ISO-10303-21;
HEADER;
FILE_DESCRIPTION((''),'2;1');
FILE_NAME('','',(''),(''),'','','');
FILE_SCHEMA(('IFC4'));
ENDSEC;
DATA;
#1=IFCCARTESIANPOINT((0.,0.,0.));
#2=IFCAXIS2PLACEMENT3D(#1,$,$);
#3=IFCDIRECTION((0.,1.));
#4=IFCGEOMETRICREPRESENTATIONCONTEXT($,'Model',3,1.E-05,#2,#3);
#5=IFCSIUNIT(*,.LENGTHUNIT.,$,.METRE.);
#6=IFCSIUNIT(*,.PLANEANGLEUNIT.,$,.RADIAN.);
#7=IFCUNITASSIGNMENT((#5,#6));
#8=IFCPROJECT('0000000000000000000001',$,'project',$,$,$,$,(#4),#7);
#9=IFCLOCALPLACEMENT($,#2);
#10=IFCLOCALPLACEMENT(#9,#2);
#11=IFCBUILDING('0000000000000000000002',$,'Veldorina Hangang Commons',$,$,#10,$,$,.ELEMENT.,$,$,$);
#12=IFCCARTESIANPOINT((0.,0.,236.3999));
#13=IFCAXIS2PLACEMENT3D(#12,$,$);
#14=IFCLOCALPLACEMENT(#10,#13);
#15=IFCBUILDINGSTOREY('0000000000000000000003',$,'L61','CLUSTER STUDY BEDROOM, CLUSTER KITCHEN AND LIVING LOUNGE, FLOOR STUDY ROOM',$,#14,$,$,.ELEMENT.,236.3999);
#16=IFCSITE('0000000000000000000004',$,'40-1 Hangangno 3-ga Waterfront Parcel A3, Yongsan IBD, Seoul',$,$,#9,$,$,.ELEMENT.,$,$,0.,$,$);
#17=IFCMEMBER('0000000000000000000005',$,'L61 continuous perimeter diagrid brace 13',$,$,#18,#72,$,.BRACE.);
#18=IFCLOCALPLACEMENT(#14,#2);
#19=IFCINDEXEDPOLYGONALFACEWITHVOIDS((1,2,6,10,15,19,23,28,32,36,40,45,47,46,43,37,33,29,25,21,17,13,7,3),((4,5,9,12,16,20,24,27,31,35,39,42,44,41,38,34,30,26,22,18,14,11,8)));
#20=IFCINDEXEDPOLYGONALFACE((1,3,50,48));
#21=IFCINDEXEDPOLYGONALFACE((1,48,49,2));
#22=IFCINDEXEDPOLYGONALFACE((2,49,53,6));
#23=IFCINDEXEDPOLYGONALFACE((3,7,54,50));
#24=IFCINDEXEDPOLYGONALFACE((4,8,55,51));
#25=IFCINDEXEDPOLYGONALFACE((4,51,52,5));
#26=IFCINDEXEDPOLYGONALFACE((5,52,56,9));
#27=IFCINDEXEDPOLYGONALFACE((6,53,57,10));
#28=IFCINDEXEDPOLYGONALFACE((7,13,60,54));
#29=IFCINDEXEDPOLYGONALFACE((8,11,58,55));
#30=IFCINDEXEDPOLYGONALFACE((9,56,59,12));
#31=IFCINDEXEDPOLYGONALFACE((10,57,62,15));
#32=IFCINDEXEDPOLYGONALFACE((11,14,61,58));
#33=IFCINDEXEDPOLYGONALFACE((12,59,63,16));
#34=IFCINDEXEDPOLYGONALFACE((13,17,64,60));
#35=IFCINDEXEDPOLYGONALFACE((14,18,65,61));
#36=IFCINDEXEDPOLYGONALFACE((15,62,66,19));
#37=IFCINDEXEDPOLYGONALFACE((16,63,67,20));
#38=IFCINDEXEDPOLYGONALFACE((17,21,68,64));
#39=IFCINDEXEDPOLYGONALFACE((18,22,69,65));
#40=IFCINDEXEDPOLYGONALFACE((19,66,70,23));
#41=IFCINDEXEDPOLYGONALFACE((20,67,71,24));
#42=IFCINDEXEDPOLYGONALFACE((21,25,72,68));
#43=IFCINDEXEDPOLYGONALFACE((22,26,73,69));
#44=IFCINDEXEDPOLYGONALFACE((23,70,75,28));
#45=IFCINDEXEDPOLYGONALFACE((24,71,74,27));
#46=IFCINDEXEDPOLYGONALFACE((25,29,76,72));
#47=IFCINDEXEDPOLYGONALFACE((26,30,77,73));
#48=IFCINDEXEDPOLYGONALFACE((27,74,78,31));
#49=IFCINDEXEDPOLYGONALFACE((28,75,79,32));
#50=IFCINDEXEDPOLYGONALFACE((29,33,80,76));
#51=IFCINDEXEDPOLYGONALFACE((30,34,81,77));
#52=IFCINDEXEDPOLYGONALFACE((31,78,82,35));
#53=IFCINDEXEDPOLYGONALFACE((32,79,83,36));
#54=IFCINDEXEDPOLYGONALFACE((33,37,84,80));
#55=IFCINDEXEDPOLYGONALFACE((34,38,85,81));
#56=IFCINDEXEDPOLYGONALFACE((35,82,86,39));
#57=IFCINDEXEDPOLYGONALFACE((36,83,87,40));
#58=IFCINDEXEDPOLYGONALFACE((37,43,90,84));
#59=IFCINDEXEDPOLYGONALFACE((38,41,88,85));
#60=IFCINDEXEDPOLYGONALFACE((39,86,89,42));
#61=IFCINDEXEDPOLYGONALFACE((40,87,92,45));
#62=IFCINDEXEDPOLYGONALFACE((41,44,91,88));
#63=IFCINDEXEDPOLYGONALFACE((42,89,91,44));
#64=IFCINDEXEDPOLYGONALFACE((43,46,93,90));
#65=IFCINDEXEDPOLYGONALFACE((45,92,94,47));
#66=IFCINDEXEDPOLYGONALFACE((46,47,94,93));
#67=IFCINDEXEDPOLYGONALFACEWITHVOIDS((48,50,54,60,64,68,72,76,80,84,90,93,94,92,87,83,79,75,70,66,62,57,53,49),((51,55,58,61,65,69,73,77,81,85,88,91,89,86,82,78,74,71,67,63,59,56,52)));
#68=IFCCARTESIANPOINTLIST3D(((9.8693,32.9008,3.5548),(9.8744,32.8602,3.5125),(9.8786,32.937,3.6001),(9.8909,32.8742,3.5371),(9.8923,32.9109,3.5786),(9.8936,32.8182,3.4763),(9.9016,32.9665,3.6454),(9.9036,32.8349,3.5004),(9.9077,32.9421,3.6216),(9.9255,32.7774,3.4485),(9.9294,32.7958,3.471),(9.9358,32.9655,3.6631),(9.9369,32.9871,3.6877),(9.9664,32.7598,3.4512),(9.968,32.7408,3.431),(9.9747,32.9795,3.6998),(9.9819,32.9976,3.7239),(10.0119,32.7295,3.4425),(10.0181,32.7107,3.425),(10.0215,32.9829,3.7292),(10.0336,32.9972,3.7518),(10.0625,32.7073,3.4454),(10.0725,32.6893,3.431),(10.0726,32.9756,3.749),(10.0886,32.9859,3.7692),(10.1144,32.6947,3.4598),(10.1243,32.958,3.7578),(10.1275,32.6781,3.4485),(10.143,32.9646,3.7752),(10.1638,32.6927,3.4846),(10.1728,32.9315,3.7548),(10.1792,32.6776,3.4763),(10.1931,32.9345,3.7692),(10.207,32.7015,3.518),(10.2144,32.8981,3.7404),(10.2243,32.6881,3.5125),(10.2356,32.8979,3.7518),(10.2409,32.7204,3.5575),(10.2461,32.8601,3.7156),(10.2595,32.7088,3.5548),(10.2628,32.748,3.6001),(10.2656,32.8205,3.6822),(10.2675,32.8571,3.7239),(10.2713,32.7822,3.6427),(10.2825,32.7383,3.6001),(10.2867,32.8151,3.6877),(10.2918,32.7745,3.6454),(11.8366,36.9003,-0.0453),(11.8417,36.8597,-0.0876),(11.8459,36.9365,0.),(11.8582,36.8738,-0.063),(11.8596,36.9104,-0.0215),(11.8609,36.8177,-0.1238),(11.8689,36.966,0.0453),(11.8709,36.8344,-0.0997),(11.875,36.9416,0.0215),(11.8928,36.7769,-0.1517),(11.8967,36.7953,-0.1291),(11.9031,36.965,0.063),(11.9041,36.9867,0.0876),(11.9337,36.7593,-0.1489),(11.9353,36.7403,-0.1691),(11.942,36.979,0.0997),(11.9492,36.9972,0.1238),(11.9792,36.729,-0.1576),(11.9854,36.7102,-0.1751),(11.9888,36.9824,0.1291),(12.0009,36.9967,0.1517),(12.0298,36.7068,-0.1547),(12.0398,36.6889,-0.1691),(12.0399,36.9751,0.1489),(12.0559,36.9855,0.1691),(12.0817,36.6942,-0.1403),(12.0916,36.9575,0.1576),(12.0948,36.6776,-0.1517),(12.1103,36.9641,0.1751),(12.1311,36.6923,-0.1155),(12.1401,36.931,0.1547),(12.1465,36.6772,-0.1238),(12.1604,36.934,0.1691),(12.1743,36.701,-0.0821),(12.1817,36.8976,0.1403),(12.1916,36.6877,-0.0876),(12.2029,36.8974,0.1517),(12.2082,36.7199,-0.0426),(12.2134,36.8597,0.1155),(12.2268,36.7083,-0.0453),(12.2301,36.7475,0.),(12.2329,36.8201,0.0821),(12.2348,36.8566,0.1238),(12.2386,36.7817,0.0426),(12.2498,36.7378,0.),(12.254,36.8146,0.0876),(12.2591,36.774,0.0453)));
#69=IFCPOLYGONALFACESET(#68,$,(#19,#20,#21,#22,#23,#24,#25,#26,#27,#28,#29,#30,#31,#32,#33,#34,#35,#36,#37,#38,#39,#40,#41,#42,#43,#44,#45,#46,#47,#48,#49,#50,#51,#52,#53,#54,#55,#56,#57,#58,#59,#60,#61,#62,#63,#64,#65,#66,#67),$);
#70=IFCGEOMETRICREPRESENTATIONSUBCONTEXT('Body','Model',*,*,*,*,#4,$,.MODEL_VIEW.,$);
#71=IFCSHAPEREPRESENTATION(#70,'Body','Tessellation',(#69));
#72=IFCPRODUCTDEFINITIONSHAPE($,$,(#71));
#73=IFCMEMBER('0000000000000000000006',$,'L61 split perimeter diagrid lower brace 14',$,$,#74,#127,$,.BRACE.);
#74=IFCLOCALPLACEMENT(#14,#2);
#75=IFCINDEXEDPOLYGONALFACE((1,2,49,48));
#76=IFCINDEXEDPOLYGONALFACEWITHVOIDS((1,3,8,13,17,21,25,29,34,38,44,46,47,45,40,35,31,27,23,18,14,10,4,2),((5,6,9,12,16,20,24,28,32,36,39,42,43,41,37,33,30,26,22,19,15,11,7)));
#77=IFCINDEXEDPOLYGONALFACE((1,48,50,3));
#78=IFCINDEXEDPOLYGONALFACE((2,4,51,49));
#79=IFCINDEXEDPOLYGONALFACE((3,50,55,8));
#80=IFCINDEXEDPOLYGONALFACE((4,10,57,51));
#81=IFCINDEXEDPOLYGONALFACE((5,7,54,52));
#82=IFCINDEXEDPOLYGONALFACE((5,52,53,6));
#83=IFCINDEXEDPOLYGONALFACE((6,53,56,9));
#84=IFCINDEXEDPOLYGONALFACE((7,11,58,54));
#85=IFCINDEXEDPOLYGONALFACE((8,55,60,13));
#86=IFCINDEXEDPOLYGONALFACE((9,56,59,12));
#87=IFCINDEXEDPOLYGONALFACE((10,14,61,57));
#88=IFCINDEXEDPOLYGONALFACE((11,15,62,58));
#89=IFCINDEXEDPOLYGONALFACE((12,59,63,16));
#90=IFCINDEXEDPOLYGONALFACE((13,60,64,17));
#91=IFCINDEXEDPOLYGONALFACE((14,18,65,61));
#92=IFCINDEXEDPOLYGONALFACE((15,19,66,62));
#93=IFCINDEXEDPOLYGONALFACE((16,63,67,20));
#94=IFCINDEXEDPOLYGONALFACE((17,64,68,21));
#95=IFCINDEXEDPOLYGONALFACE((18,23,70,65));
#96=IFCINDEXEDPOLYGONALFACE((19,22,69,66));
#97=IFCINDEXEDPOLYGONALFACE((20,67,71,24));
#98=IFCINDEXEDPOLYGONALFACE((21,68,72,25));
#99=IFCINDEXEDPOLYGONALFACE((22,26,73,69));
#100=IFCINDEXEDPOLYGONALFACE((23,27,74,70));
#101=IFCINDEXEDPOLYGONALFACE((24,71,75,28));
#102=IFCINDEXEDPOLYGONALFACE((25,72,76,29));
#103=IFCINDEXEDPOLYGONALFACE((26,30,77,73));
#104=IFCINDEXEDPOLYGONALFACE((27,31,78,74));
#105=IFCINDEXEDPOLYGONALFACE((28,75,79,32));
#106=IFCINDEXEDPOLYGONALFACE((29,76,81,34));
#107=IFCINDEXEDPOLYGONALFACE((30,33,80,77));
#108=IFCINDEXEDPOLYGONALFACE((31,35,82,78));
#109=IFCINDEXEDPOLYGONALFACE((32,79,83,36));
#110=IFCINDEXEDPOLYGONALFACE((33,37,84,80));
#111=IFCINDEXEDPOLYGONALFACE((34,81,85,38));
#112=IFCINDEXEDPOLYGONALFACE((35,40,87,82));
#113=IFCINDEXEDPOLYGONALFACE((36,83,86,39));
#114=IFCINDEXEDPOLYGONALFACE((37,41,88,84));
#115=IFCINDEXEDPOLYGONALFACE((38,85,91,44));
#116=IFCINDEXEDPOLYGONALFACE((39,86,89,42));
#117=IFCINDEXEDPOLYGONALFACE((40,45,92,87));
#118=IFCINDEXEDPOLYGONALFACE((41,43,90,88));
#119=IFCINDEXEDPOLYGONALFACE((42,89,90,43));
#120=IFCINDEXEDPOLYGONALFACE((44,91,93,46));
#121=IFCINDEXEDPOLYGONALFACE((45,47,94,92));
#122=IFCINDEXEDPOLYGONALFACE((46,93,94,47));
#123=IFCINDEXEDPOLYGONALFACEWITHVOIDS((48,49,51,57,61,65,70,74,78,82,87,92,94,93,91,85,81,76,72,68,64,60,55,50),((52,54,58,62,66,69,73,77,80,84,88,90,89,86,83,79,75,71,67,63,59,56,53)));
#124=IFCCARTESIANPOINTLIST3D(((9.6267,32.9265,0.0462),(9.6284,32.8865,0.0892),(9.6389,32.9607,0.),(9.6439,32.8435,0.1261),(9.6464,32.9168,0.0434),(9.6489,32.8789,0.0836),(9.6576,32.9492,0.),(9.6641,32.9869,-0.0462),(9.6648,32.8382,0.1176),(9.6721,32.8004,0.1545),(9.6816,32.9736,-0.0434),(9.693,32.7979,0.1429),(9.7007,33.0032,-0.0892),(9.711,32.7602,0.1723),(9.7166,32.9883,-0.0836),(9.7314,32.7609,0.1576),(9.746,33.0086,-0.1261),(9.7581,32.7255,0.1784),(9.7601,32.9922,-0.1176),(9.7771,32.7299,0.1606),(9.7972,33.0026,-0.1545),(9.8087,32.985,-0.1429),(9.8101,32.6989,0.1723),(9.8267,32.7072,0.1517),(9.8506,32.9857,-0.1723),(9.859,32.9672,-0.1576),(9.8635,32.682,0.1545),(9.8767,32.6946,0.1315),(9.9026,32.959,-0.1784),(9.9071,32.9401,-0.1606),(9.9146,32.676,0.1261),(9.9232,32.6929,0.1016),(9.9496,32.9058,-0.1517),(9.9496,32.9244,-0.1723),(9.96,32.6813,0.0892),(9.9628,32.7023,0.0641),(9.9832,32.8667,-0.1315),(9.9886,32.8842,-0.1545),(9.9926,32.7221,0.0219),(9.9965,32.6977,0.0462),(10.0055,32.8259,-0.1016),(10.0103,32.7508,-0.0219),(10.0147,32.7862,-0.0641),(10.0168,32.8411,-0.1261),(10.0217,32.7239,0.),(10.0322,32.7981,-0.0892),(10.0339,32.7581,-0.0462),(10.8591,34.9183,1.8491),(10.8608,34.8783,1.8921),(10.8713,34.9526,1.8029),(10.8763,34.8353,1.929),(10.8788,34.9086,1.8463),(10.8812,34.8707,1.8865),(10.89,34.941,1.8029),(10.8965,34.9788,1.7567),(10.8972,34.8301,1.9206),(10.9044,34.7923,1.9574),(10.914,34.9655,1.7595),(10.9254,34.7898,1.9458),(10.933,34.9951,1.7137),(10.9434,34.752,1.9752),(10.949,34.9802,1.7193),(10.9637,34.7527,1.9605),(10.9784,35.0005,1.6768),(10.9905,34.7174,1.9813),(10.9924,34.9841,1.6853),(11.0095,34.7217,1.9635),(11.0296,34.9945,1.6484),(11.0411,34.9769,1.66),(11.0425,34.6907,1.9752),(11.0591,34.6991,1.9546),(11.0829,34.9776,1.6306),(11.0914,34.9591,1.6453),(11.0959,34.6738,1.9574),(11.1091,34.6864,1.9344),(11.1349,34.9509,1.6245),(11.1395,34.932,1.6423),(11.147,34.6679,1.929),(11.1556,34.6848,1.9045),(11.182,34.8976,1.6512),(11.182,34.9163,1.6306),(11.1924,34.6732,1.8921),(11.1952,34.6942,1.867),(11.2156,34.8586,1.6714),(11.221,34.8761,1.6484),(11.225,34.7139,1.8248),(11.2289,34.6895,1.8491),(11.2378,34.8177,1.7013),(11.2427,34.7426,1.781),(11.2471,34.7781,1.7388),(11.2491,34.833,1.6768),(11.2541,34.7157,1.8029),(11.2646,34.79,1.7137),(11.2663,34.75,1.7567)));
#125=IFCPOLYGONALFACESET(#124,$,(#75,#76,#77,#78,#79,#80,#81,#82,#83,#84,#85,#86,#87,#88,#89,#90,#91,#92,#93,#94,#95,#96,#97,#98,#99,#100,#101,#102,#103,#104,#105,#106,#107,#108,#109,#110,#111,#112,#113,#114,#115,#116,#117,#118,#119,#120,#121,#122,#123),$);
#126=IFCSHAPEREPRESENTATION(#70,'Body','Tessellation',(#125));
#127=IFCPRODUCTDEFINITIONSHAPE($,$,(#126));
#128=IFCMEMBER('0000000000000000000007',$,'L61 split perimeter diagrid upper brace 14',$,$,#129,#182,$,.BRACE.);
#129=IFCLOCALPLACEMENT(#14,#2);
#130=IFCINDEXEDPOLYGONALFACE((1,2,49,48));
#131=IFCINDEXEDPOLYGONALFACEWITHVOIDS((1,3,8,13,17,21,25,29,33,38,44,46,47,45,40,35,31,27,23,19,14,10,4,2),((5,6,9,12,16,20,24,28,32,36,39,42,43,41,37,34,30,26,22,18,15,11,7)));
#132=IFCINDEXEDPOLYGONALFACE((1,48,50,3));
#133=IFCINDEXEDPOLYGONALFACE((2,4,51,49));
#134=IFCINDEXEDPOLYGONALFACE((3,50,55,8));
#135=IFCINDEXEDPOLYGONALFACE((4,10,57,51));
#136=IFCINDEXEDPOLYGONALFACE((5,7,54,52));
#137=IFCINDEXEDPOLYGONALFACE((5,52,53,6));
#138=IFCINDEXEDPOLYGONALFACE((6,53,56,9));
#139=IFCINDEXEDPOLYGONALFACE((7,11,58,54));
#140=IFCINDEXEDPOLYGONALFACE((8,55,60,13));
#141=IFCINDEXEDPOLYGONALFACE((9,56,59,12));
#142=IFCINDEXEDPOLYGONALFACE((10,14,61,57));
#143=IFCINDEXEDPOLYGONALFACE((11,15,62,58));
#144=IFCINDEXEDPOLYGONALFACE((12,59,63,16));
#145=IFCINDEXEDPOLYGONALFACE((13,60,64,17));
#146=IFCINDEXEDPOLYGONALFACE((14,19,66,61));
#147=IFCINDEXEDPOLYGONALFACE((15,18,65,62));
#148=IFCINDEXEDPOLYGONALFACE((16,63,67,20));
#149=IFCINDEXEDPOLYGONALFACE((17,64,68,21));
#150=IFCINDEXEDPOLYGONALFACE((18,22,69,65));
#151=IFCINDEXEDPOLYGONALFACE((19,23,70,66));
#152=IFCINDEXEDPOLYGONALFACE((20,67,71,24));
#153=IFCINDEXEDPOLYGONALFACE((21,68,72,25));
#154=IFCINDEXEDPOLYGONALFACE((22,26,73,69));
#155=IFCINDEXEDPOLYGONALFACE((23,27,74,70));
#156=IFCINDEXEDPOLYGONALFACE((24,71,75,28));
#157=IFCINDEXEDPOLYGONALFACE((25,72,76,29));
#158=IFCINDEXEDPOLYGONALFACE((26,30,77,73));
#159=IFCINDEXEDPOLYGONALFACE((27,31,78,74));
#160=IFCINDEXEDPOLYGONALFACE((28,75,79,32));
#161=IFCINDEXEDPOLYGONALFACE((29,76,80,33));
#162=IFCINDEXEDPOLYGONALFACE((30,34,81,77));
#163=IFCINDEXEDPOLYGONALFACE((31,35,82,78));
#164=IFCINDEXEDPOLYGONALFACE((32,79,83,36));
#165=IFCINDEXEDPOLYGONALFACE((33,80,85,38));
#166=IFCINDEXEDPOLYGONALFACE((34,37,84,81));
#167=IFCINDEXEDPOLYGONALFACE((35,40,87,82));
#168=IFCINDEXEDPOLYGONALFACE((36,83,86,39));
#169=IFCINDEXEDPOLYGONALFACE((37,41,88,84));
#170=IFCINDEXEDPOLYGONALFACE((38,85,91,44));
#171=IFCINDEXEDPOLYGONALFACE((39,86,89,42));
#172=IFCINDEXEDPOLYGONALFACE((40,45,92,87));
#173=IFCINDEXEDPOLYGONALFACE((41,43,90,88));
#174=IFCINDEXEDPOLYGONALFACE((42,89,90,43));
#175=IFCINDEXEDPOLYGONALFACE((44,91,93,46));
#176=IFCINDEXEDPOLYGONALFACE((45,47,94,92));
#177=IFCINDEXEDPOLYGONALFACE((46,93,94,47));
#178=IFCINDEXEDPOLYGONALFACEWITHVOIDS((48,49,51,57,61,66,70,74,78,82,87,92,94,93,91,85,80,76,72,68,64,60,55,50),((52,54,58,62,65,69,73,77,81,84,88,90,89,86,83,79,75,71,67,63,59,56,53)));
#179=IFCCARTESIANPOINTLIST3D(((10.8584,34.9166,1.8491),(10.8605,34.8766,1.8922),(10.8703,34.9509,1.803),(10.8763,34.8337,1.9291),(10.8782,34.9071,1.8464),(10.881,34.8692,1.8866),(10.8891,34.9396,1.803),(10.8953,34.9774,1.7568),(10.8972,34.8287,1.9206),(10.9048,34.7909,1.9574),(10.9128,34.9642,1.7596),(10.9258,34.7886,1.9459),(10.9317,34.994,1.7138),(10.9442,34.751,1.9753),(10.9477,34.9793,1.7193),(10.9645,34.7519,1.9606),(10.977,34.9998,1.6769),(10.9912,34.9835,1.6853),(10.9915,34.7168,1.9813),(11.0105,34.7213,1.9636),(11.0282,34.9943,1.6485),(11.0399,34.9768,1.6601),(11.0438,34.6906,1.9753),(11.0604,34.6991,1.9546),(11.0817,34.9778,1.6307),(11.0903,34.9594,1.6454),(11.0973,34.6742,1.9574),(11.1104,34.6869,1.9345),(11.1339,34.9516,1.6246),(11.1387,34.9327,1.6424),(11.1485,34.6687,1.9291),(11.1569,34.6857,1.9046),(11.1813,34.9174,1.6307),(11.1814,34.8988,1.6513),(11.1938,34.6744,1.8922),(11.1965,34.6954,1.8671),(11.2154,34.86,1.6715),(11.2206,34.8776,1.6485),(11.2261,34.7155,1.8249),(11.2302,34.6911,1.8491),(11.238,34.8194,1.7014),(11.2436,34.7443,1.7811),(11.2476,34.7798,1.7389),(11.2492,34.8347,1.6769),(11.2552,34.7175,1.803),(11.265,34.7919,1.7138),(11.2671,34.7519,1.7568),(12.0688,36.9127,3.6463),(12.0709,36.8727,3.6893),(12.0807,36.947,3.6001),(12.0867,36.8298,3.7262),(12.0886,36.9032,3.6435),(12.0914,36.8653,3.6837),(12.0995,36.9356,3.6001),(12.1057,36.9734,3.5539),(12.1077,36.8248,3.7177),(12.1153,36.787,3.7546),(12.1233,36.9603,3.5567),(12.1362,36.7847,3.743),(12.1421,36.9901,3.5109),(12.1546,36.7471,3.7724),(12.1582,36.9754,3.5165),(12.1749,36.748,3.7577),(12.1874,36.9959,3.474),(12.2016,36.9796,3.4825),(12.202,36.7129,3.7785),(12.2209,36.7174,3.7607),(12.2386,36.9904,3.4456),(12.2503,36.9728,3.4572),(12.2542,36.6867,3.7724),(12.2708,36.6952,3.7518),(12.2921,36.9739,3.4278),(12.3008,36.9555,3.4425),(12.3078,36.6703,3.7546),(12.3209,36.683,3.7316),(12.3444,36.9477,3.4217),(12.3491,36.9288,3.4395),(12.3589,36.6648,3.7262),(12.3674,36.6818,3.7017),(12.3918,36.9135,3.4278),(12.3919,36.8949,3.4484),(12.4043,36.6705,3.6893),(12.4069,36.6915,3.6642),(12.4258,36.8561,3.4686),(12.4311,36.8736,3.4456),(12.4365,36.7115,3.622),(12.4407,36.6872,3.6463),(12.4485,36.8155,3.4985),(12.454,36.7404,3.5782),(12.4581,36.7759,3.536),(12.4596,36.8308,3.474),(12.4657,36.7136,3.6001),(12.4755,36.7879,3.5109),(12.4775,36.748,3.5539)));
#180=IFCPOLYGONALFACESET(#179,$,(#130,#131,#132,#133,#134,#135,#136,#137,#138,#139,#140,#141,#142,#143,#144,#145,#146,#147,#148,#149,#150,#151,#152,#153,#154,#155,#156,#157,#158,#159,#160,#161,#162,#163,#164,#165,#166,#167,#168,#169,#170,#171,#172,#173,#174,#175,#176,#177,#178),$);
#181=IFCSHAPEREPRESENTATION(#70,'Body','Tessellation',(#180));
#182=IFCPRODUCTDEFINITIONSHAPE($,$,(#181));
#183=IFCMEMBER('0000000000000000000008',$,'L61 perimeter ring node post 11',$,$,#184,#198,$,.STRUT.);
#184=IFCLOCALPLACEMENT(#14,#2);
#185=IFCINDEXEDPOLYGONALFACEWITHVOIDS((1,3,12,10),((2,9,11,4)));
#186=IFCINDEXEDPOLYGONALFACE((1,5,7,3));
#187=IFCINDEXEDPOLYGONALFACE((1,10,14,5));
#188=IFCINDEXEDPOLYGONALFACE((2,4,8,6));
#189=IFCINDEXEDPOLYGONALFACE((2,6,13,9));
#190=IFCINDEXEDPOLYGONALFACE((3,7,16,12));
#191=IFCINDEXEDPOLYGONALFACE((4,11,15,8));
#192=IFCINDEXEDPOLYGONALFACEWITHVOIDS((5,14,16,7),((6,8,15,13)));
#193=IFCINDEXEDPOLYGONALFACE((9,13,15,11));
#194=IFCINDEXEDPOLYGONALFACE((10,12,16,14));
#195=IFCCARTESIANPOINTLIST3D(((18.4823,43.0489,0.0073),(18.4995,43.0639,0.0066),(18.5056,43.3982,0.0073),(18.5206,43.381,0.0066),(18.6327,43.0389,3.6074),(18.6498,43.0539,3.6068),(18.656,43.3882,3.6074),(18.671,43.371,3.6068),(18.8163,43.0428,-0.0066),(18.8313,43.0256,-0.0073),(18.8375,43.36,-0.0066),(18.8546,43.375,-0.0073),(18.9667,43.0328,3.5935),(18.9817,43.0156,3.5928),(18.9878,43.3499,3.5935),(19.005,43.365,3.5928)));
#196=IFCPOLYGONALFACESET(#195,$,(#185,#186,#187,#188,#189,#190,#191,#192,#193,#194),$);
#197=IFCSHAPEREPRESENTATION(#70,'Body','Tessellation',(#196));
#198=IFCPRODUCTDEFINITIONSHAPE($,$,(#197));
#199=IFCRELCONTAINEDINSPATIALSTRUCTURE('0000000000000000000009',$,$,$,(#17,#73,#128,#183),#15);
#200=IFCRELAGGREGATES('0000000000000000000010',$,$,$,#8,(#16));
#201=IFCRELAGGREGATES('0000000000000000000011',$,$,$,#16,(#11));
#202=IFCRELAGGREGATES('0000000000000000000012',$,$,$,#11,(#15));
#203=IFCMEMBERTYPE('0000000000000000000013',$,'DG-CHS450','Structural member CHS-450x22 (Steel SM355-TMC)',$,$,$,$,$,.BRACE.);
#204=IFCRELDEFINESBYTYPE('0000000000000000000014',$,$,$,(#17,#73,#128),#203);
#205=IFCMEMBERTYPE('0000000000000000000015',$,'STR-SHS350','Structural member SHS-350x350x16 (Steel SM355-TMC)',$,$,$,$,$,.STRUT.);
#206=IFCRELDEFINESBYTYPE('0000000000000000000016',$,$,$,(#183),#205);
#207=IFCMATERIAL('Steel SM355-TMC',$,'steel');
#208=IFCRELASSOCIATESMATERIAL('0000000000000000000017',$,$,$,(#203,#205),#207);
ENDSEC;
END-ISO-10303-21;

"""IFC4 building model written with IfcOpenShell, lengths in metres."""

from ifc_helpers import new_model, si_unit, direction, frame, origin, origin_2d, place, context, subcontext, project, spatial, hollow_rectangle, hollow_circle, extrude, material, material_profile, profile_set, type_object, element, save


model = new_model("IFC4")

# Units and contexts
model_context = context("Model", 3, precision=1e-05, world=origin(), true_north=direction((0.0, 1.0)))
body_context = subcontext(model_context, "Body", "Model", "MODEL_VIEW")
ifc_project = project(units=[si_unit("LENGTHUNIT", "METRE"), si_unit("PLANEANGLEUNIT", "RADIAN")], contexts=[model_context])

# Site, building, storey
site_placement = place(None, origin())
site = spatial("IfcSite", under=ifc_project, at=site_placement, Name="40-1 Hangangno 3-ga Waterfront Parcel A3, Yongsan IBD, Seoul", CompositionType="ELEMENT", RefElevation=0.0)
building_placement = place(site_placement, origin())
building = spatial("IfcBuilding", under=site, at=building_placement, Name="Veldorina Hangang Commons", CompositionType="ELEMENT")
storey_placement = place(building_placement, frame((0.0, 0.0, 236.3999)))
storey = spatial("IfcBuildingStorey", under=building, at=storey_placement, Name="L61", Description="CLUSTER STUDY BEDROOM, CLUSTER KITCHEN AND LIVING LOUNGE, FLOOR STUDY ROOM", CompositionType="ELEMENT", Elevation=236.3999)

# Shared definitions
ifc_material_1 = material(Name="Steel SM355-TMC", Category="steel")

# Members
ifc_material_profile_1 = material_profile(ifc_material_1, hollow_circle(Radius=0.2251, WallThickness=0.022, at=origin_2d()), Name="CHS-450x22")
ifc_profile_set_1 = profile_set([ifc_material_profile_1], Name="Steel SM355-TMC")
member_type_1 = type_object("IfcMemberType", Name="DG-CHS450", Description="Structural member CHS-450x22 (Steel SM355-TMC)", PredefinedType="BRACE", material=ifc_profile_set_1)
member_1_placement = place(storey_placement, frame((12.0479, 36.8372, 0.0), z_axis=(-0.343362, -0.698058, 0.628346), x_axis=(0.897322, -0.441376, 0.0)))
element("IfcMember", 1, at=member_1_placement, inside=storey, type_object=member_type_1, Name="L61 continuous perimeter diagrid brace 13", PredefinedType="BRACE", context=body_context, shape_type="SweptSolid", body=[
    extrude(hollow_circle(Radius=0.2251, WallThickness=0.022, at=origin_2d()), origin(), (0.0, 0.0, 1.0), 5.7295),
])
member_2_placement = place(storey_placement, frame((9.8303, 32.8423, 0.0), z_axis=(0.416934, 0.673884, 0.609956), x_axis=(-0.850396, 0.526143, 0.0)))
element("IfcMember", 2, at=member_2_placement, inside=storey, type_object=member_type_1, Name="L61 split perimeter diagrid lower brace 14", PredefinedType="BRACE", context=body_context, shape_type="SweptSolid", body=[
    extrude(hollow_circle(Radius=0.2251, WallThickness=0.022, at=origin_2d()), origin(), (0.0, 0.0, 1.0), 2.9558),
])
member_3_placement = place(storey_placement, frame((11.0627, 34.8342, 1.803), z_axis=(0.410872, 0.677549, 0.61001), x_axis=(-0.855066, 0.51852, 0.0)))
element("IfcMember", 3, at=member_3_placement, inside=storey, type_object=member_type_1, Name="L61 split perimeter diagrid upper brace 14", PredefinedType="BRACE", context=body_context, shape_type="SweptSolid", body=[
    extrude(hollow_circle(Radius=0.2251, WallThickness=0.022, at=origin_2d()), origin(), (0.0, 0.0, 1.0), 2.946),
])
ifc_material_profile_2 = material_profile(ifc_material_1, hollow_rectangle(XDim=0.3501, YDim=0.3501, WallThickness=0.0161, at=origin_2d()), Name="SHS-350x350x16")
ifc_profile_set_2 = profile_set([ifc_material_profile_2], Name="Steel SM355-TMC")
member_type_2 = type_object("IfcMemberType", Name="STR-SHS350", Description="Structural member SHS-350x350x16 (Steel SM355-TMC)", PredefinedType="STRUT", material=ifc_profile_set_2)
member_4_placement = place(storey_placement, frame((18.6685, 43.2119, 0.0), z_axis=(0.041737, -0.002778, 0.999125), x_axis=(0.066412, 0.997792, 0.0)))
element("IfcMember", 4, at=member_4_placement, inside=storey, type_object=member_type_2, Name="L61 perimeter ring node post 11", PredefinedType="STRUT", context=body_context, shape_type="SweptSolid", body=[
    extrude(hollow_rectangle(XDim=0.3501, YDim=0.3501, WallThickness=0.0161, at=origin_2d()), origin(), (0.0, 0.0, 1.0), 3.6033),
])

save(model, "model.ifc")
